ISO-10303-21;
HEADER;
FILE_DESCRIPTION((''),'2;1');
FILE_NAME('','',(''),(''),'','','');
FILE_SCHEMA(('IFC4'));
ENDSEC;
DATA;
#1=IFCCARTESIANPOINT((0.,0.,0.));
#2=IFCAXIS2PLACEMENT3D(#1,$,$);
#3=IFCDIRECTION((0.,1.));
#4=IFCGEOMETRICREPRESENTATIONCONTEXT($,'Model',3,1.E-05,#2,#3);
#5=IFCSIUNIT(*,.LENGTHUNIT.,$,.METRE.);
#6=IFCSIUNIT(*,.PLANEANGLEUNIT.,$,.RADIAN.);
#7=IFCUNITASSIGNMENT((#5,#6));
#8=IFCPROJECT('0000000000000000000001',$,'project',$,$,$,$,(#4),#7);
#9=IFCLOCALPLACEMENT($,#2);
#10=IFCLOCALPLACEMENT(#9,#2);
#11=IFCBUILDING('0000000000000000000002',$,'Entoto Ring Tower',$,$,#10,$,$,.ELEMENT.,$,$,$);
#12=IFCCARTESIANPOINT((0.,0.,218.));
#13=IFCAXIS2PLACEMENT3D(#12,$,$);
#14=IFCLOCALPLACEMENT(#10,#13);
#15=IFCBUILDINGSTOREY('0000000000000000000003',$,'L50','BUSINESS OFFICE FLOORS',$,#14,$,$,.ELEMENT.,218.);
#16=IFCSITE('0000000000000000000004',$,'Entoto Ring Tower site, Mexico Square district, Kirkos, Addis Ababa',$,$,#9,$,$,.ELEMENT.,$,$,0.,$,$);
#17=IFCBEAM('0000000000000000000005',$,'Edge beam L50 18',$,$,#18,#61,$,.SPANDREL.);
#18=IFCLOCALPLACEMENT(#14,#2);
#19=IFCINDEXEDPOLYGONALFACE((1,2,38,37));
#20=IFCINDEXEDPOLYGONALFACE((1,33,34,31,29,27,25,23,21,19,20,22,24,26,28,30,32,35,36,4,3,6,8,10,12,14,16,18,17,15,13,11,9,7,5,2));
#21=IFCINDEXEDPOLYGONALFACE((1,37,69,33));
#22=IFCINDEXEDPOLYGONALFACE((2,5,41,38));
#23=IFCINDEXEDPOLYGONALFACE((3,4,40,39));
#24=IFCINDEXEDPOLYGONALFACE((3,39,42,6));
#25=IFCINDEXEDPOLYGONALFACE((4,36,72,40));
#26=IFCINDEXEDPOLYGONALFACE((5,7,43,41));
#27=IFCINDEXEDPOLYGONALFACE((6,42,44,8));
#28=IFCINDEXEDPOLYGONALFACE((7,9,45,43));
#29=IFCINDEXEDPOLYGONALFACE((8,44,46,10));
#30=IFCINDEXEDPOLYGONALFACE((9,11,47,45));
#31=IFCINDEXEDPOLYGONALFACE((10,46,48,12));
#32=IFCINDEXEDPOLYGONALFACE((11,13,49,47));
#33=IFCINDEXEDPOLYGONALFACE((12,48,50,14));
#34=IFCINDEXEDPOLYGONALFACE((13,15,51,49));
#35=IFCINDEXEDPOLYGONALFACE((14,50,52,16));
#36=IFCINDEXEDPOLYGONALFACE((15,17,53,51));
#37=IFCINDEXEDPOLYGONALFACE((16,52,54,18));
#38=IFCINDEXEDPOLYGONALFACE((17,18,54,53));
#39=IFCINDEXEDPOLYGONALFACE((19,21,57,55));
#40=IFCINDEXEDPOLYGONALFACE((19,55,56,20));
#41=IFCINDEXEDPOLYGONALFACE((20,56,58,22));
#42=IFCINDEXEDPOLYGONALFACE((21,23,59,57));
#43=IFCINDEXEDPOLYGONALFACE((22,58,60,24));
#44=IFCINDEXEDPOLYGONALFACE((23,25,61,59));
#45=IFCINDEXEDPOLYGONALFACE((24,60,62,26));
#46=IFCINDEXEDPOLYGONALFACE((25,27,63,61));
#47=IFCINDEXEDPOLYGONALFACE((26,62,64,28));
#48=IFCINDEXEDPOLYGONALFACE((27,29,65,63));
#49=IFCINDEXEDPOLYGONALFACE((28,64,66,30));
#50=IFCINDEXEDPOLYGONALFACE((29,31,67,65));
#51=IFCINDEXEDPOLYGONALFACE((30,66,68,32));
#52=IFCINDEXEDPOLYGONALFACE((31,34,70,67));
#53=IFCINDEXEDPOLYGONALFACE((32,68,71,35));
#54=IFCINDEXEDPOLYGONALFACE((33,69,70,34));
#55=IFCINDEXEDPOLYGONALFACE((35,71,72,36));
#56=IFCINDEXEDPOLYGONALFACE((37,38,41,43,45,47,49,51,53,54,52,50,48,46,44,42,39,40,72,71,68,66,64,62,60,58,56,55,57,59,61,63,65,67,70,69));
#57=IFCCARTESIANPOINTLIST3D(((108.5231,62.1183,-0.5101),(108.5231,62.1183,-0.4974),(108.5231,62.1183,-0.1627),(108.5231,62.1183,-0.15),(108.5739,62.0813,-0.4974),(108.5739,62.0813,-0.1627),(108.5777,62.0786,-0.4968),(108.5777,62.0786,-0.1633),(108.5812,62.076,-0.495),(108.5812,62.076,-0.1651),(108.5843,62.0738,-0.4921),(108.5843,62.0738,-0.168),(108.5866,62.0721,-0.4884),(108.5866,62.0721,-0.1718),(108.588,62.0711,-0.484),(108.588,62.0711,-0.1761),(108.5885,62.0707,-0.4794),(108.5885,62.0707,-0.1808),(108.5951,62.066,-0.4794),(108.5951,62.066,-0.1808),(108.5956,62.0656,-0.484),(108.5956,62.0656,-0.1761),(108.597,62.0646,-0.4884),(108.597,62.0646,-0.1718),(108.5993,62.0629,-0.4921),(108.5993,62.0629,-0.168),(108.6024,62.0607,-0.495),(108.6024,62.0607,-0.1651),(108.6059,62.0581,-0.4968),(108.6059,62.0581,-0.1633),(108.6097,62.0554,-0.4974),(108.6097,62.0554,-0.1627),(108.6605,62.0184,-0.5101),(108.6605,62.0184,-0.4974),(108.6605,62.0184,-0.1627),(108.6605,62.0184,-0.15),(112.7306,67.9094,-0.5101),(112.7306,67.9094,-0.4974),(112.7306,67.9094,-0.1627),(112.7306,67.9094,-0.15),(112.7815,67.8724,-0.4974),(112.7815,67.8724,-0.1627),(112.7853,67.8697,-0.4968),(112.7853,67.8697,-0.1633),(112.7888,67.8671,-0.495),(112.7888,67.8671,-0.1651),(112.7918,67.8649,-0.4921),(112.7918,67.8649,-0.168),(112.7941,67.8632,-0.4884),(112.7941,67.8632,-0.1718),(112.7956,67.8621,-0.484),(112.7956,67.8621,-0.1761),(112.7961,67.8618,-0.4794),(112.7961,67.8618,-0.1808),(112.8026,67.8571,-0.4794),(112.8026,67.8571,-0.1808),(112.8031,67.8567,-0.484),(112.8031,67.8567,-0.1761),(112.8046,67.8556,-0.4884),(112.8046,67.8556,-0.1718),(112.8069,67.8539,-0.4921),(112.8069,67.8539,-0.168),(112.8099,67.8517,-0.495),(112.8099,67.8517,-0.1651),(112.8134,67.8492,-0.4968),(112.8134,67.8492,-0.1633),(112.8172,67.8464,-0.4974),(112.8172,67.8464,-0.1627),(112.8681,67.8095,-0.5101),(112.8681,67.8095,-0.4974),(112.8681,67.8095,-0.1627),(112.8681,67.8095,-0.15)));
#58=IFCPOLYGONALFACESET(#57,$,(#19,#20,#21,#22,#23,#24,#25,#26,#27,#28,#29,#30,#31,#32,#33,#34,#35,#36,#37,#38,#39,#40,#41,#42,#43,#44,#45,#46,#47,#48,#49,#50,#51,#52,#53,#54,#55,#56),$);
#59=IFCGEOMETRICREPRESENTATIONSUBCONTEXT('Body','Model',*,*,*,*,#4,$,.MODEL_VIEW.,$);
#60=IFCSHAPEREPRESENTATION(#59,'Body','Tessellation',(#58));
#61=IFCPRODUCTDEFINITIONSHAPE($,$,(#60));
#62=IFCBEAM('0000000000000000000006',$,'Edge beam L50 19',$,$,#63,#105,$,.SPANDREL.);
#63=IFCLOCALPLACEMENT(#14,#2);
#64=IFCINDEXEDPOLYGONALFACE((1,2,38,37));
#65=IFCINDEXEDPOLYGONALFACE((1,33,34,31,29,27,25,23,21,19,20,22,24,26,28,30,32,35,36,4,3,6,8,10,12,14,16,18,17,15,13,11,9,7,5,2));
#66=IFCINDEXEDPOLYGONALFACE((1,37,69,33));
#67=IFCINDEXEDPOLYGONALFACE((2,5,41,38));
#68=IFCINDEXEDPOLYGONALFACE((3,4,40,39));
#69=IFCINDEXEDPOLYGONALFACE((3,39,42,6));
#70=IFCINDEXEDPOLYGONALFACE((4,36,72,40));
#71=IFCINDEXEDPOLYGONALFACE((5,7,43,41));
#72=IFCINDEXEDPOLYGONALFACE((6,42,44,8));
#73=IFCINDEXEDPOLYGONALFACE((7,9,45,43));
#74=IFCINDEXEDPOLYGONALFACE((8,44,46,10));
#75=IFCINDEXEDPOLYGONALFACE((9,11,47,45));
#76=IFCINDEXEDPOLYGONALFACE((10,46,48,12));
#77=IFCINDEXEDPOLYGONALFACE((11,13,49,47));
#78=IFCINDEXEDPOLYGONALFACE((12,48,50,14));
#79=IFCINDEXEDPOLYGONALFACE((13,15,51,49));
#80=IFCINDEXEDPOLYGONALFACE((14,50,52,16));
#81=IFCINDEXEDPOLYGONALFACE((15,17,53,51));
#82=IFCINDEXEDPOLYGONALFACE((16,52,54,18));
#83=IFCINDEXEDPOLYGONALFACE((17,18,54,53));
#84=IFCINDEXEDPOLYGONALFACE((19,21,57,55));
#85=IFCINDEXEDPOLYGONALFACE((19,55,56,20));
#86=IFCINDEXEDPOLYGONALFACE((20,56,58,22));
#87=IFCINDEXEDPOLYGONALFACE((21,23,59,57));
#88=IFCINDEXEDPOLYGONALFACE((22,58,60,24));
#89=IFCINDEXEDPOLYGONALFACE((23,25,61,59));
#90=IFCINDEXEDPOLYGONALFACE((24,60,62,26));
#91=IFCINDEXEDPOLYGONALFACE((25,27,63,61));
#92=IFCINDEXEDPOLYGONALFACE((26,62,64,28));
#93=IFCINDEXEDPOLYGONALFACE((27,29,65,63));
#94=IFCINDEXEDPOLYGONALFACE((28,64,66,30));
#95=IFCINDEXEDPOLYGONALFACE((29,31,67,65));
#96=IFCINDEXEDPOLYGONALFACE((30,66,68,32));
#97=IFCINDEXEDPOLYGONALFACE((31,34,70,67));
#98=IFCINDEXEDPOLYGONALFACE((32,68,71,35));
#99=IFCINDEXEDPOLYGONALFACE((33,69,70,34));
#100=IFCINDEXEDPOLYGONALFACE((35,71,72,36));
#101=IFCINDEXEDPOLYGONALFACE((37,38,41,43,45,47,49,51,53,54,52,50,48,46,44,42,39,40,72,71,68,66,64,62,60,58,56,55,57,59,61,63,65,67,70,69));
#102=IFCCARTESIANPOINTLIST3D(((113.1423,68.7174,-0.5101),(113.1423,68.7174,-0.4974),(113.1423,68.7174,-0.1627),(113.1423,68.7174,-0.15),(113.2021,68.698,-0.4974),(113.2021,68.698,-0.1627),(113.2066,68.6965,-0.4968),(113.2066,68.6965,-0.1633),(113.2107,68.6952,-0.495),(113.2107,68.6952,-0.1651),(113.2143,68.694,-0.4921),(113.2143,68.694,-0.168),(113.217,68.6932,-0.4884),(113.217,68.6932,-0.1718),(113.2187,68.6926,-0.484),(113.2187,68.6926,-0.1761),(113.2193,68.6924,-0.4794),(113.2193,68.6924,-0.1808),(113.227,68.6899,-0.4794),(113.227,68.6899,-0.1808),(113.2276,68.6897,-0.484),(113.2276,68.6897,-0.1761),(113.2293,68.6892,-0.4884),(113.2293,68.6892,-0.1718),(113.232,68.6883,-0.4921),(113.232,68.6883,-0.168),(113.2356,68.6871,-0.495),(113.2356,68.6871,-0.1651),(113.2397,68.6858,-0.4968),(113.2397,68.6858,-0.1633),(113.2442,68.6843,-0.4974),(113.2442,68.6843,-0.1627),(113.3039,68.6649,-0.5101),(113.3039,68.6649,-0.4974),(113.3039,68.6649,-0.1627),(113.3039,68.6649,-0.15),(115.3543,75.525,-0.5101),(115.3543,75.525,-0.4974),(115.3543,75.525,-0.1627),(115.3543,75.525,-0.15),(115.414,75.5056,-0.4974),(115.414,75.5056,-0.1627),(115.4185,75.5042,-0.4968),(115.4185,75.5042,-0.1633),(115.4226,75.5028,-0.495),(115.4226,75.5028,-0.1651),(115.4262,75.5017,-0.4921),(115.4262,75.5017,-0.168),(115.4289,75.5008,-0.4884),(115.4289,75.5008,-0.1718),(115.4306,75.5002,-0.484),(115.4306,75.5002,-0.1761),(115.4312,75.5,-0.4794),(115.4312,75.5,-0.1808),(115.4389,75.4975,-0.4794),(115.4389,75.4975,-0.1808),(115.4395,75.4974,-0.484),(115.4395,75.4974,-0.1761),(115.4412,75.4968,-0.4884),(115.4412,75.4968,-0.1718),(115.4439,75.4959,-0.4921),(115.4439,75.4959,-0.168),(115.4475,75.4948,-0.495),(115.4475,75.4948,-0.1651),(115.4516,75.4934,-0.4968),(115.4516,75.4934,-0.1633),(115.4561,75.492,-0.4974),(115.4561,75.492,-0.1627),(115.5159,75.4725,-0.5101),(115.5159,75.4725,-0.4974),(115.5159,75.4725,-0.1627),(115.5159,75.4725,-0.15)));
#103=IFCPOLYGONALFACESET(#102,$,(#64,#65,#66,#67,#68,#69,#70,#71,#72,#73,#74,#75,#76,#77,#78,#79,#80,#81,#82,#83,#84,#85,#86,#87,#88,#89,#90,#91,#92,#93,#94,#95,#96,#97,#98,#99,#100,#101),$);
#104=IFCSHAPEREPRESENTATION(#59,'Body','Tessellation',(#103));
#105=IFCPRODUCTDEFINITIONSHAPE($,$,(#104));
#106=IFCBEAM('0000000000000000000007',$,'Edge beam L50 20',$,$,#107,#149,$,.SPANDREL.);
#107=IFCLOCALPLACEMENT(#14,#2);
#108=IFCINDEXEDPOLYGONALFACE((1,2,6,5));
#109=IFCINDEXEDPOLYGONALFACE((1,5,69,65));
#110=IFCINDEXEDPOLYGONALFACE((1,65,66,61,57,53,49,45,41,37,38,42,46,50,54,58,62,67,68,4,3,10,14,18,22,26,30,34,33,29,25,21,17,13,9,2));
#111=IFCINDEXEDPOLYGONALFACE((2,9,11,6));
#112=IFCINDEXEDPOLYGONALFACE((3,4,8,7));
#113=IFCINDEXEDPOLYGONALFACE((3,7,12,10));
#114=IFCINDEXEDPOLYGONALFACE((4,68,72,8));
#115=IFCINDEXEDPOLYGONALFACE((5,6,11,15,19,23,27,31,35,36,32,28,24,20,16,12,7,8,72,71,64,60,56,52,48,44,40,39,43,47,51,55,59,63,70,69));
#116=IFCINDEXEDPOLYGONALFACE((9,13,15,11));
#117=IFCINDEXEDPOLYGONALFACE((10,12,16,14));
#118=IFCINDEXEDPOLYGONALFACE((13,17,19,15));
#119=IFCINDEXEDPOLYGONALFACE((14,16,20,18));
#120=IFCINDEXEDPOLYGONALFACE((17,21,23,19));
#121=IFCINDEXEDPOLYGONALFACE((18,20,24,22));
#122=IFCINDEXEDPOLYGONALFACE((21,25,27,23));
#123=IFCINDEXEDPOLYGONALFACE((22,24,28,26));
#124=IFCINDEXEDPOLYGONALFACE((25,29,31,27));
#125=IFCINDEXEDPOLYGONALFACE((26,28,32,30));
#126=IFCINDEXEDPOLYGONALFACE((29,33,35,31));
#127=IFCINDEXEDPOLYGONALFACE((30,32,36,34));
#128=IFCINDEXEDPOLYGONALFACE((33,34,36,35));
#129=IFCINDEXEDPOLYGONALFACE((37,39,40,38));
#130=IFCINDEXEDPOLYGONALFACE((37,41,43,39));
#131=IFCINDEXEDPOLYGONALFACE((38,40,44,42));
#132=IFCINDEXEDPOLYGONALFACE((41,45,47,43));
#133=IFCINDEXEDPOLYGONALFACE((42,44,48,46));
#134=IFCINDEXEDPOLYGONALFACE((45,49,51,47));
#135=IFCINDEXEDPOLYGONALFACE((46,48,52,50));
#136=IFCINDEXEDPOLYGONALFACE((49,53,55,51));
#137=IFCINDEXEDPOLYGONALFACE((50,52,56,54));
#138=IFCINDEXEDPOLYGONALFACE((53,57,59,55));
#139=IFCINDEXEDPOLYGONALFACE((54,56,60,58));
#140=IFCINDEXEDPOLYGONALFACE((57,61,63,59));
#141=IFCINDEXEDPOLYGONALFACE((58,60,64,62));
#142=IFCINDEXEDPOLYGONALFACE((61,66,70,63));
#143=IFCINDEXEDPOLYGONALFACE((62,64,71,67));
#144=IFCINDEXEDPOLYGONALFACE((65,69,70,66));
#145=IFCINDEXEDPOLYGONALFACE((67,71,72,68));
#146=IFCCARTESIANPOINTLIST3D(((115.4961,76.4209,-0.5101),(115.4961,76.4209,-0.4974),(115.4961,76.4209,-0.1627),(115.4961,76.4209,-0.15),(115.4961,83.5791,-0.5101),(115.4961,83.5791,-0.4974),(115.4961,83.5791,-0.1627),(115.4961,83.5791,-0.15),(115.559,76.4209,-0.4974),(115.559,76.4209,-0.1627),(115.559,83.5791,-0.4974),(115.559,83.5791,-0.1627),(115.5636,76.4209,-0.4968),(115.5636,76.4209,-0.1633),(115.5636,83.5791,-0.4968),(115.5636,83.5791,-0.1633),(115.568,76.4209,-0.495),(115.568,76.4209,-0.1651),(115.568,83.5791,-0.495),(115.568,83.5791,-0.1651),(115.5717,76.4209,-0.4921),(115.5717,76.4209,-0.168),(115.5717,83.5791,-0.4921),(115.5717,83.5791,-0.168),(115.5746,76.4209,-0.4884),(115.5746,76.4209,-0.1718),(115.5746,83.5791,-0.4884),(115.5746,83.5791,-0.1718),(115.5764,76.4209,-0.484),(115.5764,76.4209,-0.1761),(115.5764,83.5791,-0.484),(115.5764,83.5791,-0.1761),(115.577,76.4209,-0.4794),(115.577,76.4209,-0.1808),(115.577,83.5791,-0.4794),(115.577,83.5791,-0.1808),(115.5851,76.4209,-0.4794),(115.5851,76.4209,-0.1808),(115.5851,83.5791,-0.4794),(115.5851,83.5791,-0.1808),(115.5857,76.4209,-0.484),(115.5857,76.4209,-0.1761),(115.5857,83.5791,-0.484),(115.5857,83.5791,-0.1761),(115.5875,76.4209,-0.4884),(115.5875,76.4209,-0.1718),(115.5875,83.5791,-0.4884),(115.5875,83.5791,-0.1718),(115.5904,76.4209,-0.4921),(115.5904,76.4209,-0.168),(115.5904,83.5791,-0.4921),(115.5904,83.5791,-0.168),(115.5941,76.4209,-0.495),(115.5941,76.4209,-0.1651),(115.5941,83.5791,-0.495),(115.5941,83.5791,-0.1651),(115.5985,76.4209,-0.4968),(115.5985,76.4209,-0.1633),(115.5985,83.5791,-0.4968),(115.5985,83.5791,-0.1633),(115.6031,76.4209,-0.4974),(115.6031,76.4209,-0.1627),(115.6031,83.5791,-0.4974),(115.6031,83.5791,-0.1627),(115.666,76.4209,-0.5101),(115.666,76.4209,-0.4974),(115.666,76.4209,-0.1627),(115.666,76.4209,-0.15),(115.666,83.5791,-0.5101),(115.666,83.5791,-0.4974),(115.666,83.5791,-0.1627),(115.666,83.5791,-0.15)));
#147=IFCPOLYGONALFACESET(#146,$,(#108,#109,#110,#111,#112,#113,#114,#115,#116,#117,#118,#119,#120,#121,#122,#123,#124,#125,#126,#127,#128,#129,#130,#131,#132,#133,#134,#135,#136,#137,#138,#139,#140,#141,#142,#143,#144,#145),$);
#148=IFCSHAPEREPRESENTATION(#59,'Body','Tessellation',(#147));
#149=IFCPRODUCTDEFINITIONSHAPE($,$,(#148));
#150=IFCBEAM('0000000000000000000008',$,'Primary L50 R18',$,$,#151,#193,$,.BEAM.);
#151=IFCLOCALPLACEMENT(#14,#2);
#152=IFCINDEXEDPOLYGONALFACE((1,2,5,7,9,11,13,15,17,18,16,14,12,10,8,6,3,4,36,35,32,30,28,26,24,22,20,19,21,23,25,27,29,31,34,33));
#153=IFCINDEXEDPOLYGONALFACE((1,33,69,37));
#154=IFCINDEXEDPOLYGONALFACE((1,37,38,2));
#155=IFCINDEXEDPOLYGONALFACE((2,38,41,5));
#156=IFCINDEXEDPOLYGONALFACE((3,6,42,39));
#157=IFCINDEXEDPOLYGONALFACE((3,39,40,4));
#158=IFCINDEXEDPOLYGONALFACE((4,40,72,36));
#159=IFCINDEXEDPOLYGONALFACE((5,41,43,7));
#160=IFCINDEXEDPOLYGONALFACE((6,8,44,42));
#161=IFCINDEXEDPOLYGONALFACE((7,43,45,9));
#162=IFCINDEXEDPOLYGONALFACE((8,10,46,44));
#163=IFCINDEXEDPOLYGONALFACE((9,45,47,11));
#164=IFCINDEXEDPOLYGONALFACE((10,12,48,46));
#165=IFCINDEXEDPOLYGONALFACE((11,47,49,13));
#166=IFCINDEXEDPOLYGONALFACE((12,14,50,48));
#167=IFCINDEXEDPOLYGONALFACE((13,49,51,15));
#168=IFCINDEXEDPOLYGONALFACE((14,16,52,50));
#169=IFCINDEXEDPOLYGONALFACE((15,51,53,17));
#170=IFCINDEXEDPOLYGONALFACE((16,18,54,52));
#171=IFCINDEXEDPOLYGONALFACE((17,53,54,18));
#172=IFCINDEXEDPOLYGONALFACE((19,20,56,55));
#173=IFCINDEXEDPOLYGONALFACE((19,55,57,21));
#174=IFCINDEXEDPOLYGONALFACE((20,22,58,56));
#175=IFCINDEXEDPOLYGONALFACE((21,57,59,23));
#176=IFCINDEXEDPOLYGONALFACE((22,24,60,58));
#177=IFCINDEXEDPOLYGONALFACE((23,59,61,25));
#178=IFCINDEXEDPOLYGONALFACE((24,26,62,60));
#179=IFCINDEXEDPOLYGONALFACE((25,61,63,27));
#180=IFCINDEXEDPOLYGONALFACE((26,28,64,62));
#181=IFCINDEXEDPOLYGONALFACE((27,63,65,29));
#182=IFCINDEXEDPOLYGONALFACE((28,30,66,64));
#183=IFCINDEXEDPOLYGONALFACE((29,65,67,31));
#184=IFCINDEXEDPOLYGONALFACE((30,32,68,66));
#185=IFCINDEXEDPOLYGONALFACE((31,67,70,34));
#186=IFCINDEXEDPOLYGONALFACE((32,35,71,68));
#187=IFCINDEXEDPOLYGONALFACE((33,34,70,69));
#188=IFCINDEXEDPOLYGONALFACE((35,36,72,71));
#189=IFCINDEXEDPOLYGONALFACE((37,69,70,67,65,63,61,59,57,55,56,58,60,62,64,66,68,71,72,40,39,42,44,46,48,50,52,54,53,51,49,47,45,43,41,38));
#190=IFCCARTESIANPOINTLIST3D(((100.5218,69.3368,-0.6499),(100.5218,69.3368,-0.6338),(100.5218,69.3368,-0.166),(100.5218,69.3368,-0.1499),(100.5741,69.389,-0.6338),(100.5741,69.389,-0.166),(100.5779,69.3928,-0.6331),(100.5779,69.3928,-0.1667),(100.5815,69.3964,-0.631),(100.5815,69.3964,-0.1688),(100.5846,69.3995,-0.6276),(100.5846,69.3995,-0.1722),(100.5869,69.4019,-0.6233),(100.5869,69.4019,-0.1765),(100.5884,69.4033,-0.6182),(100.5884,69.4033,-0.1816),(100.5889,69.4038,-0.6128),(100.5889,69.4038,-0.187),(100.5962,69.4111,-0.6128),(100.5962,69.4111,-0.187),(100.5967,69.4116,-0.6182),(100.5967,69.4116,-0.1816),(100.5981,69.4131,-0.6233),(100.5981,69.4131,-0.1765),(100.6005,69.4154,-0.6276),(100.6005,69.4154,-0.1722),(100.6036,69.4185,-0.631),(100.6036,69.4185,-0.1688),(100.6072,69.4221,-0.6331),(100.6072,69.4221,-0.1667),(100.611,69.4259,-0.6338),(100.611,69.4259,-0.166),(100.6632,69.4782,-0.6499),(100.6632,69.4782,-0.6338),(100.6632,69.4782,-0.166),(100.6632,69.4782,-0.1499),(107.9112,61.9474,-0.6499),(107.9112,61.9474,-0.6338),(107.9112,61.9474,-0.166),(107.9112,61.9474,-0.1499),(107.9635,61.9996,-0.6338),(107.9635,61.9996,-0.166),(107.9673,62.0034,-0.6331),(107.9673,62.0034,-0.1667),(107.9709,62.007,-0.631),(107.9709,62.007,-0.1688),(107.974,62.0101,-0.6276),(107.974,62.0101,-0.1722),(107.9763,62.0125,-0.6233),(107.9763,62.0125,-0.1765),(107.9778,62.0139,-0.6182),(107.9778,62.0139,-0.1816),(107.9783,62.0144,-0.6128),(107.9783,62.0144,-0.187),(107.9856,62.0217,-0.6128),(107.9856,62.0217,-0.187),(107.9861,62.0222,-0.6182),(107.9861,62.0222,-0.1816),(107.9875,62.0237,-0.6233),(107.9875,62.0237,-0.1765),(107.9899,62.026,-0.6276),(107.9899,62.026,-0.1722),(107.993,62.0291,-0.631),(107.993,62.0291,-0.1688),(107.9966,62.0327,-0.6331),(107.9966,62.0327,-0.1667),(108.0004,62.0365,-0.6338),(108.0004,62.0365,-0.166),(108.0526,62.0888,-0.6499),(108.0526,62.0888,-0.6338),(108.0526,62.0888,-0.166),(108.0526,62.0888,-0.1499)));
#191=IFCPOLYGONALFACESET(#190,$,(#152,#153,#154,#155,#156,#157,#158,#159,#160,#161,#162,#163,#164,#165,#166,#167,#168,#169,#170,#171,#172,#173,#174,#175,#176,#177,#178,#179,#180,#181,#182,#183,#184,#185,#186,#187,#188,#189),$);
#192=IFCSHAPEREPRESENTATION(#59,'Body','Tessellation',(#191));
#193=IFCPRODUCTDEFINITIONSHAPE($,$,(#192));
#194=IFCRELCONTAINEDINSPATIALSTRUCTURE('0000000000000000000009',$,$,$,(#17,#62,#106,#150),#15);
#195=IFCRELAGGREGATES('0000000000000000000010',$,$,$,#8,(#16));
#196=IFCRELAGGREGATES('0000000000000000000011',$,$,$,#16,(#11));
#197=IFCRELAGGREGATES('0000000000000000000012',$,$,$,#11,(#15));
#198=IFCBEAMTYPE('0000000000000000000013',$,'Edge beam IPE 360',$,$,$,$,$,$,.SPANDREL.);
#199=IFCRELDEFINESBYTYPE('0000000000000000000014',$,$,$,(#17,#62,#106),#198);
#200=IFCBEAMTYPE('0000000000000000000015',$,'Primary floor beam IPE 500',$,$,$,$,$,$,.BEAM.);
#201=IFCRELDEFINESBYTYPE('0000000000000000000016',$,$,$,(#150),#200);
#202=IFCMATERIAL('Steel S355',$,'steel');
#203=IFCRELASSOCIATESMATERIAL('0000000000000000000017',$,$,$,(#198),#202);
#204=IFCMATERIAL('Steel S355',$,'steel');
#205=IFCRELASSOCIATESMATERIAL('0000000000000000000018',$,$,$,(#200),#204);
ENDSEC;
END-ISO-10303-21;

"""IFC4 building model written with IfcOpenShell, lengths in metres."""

from ifc_helpers import new_model, si_unit, direction, frame, origin, origin_2d, place, context, subcontext, project, spatial, i_section, extrude, material, material_profile, profile_set, type_object, element, save


model = new_model("IFC4")

# Units and contexts
model_context = context("Model", 3, precision=1e-05, world=origin(), true_north=direction((0.0, 1.0)))
body_context = subcontext(model_context, "Body", "Model", "MODEL_VIEW")
ifc_project = project(units=[si_unit("LENGTHUNIT", "METRE"), si_unit("PLANEANGLEUNIT", "RADIAN")], contexts=[model_context])

# Site, building, storey
site_placement = place(None, origin())
site = spatial("IfcSite", under=ifc_project, at=site_placement, Name="Entoto Ring Tower site, Mexico Square district, Kirkos, Addis Ababa", CompositionType="ELEMENT", RefElevation=0.0)
building_placement = place(site_placement, origin())
building = spatial("IfcBuilding", under=site, at=building_placement, Name="Entoto Ring Tower", CompositionType="ELEMENT")
storey_placement = place(building_placement, frame((0.0, 0.0, 218.0)))
storey = spatial("IfcBuildingStorey", under=building, at=storey_placement, Name="L50", Description="BUSINESS OFFICE FLOORS", CompositionType="ELEMENT", Elevation=218.0)

# Beams
ifc_material_1 = material(Name="Steel S355", Category="steel")
ifc_material_profile_1 = material_profile(ifc_material_1, i_section(OverallWidth=0.1699, OverallDepth=0.3601, WebThickness=0.0081, FlangeThickness=0.0127, FilletRadius=0.0181, at=origin_2d()), Name="IPE 360")
ifc_profile_set_1 = profile_set([ifc_material_profile_1], Name="Steel S355")
beam_type_1 = type_object("IfcBeamType", Name="Edge beam IPE 360", PredefinedType="SPANDREL", material=ifc_profile_set_1)
for number, where, z_axis, x_axis, name in (
    (1, (108.5918, 62.0684, -0.3301), (0.587794, 0.80901, 0.0), (-0.80901, 0.587794, 0.0), "Edge beam L50 18"),
):
    element("IfcBeam", number, at=place(storey_placement, frame(where, z_axis=z_axis, x_axis=x_axis)), inside=storey, type_object=beam_type_1, Name=name, PredefinedType="SPANDREL", context=body_context, shape_type="SweptSolid", body=[
        extrude(i_section(OverallWidth=0.1699, OverallDepth=0.3601, WebThickness=0.0081, FlangeThickness=0.0127, FilletRadius=0.0181, at=origin_2d()), origin(), (0.0, 0.0, 1.0), 7.1582),
    ])
beam_1_placement = place(storey_placement, frame((113.2231, 68.6912, -0.3301), z_axis=(0.309015, 0.951057, 0.0), x_axis=(-0.951057, 0.309015, 0.0)))
element("IfcBeam", 2, at=beam_1_placement, inside=storey, type_object=beam_type_1, Name="Edge beam L50 19", PredefinedType="SPANDREL", context=body_context, shape_type="SweptSolid", body=[
    extrude(i_section(OverallWidth=0.1699, OverallDepth=0.3601, WebThickness=0.0081, FlangeThickness=0.0127, FilletRadius=0.0181, at=origin_2d()), origin(), (0.0, 0.0, 1.0), 7.158),
])
beam_2_placement = place(storey_placement, frame((115.5811, 76.4209, -0.3301), z_axis=(0.0, 1.0, 0.0), x_axis=(-1.0, 0.0, 0.0)))
element("IfcBeam", 3, at=beam_2_placement, inside=storey, type_object=beam_type_1, Name="Edge beam L50 20", PredefinedType="SPANDREL", context=body_context, shape_type="SweptSolid", body=[
    extrude(i_section(OverallWidth=0.1699, OverallDepth=0.3601, WebThickness=0.0081, FlangeThickness=0.0127, FilletRadius=0.0181, at=origin_2d()), origin(), (0.0, 0.0, 1.0), 7.1582),
])
ifc_material_2 = material(Name="Steel S355", Category="steel")
ifc_material_profile_2 = material_profile(ifc_material_2, i_section(OverallWidth=0.2, OverallDepth=0.5, WebThickness=0.0103, FlangeThickness=0.0161, FilletRadius=0.021, at=origin_2d()), Name="IPE 500")
ifc_profile_set_2 = profile_set([ifc_material_profile_2], Name="Steel S355")
beam_type_2 = type_object("IfcBeamType", Name="Primary floor beam IPE 500", PredefinedType="BEAM", material=ifc_profile_set_2)
beam_3_placement = place(storey_placement, frame((100.5925, 69.4075, -0.3999), z_axis=(0.707107, -0.707107, 0.0), x_axis=(0.707107, 0.707107, 0.0)))
element("IfcBeam", 4, at=beam_3_placement, inside=storey, type_object=beam_type_2, Name="Primary L50 R18", PredefinedType="BEAM", context=body_context, shape_type="SweptSolid", body=[
    extrude(i_section(OverallWidth=0.2, OverallDepth=0.5, WebThickness=0.0103, FlangeThickness=0.0161, FilletRadius=0.021, at=origin_2d()), origin(), (0.0, 0.0, 1.0), 10.4502),
])

save(model, "model.ifc")
